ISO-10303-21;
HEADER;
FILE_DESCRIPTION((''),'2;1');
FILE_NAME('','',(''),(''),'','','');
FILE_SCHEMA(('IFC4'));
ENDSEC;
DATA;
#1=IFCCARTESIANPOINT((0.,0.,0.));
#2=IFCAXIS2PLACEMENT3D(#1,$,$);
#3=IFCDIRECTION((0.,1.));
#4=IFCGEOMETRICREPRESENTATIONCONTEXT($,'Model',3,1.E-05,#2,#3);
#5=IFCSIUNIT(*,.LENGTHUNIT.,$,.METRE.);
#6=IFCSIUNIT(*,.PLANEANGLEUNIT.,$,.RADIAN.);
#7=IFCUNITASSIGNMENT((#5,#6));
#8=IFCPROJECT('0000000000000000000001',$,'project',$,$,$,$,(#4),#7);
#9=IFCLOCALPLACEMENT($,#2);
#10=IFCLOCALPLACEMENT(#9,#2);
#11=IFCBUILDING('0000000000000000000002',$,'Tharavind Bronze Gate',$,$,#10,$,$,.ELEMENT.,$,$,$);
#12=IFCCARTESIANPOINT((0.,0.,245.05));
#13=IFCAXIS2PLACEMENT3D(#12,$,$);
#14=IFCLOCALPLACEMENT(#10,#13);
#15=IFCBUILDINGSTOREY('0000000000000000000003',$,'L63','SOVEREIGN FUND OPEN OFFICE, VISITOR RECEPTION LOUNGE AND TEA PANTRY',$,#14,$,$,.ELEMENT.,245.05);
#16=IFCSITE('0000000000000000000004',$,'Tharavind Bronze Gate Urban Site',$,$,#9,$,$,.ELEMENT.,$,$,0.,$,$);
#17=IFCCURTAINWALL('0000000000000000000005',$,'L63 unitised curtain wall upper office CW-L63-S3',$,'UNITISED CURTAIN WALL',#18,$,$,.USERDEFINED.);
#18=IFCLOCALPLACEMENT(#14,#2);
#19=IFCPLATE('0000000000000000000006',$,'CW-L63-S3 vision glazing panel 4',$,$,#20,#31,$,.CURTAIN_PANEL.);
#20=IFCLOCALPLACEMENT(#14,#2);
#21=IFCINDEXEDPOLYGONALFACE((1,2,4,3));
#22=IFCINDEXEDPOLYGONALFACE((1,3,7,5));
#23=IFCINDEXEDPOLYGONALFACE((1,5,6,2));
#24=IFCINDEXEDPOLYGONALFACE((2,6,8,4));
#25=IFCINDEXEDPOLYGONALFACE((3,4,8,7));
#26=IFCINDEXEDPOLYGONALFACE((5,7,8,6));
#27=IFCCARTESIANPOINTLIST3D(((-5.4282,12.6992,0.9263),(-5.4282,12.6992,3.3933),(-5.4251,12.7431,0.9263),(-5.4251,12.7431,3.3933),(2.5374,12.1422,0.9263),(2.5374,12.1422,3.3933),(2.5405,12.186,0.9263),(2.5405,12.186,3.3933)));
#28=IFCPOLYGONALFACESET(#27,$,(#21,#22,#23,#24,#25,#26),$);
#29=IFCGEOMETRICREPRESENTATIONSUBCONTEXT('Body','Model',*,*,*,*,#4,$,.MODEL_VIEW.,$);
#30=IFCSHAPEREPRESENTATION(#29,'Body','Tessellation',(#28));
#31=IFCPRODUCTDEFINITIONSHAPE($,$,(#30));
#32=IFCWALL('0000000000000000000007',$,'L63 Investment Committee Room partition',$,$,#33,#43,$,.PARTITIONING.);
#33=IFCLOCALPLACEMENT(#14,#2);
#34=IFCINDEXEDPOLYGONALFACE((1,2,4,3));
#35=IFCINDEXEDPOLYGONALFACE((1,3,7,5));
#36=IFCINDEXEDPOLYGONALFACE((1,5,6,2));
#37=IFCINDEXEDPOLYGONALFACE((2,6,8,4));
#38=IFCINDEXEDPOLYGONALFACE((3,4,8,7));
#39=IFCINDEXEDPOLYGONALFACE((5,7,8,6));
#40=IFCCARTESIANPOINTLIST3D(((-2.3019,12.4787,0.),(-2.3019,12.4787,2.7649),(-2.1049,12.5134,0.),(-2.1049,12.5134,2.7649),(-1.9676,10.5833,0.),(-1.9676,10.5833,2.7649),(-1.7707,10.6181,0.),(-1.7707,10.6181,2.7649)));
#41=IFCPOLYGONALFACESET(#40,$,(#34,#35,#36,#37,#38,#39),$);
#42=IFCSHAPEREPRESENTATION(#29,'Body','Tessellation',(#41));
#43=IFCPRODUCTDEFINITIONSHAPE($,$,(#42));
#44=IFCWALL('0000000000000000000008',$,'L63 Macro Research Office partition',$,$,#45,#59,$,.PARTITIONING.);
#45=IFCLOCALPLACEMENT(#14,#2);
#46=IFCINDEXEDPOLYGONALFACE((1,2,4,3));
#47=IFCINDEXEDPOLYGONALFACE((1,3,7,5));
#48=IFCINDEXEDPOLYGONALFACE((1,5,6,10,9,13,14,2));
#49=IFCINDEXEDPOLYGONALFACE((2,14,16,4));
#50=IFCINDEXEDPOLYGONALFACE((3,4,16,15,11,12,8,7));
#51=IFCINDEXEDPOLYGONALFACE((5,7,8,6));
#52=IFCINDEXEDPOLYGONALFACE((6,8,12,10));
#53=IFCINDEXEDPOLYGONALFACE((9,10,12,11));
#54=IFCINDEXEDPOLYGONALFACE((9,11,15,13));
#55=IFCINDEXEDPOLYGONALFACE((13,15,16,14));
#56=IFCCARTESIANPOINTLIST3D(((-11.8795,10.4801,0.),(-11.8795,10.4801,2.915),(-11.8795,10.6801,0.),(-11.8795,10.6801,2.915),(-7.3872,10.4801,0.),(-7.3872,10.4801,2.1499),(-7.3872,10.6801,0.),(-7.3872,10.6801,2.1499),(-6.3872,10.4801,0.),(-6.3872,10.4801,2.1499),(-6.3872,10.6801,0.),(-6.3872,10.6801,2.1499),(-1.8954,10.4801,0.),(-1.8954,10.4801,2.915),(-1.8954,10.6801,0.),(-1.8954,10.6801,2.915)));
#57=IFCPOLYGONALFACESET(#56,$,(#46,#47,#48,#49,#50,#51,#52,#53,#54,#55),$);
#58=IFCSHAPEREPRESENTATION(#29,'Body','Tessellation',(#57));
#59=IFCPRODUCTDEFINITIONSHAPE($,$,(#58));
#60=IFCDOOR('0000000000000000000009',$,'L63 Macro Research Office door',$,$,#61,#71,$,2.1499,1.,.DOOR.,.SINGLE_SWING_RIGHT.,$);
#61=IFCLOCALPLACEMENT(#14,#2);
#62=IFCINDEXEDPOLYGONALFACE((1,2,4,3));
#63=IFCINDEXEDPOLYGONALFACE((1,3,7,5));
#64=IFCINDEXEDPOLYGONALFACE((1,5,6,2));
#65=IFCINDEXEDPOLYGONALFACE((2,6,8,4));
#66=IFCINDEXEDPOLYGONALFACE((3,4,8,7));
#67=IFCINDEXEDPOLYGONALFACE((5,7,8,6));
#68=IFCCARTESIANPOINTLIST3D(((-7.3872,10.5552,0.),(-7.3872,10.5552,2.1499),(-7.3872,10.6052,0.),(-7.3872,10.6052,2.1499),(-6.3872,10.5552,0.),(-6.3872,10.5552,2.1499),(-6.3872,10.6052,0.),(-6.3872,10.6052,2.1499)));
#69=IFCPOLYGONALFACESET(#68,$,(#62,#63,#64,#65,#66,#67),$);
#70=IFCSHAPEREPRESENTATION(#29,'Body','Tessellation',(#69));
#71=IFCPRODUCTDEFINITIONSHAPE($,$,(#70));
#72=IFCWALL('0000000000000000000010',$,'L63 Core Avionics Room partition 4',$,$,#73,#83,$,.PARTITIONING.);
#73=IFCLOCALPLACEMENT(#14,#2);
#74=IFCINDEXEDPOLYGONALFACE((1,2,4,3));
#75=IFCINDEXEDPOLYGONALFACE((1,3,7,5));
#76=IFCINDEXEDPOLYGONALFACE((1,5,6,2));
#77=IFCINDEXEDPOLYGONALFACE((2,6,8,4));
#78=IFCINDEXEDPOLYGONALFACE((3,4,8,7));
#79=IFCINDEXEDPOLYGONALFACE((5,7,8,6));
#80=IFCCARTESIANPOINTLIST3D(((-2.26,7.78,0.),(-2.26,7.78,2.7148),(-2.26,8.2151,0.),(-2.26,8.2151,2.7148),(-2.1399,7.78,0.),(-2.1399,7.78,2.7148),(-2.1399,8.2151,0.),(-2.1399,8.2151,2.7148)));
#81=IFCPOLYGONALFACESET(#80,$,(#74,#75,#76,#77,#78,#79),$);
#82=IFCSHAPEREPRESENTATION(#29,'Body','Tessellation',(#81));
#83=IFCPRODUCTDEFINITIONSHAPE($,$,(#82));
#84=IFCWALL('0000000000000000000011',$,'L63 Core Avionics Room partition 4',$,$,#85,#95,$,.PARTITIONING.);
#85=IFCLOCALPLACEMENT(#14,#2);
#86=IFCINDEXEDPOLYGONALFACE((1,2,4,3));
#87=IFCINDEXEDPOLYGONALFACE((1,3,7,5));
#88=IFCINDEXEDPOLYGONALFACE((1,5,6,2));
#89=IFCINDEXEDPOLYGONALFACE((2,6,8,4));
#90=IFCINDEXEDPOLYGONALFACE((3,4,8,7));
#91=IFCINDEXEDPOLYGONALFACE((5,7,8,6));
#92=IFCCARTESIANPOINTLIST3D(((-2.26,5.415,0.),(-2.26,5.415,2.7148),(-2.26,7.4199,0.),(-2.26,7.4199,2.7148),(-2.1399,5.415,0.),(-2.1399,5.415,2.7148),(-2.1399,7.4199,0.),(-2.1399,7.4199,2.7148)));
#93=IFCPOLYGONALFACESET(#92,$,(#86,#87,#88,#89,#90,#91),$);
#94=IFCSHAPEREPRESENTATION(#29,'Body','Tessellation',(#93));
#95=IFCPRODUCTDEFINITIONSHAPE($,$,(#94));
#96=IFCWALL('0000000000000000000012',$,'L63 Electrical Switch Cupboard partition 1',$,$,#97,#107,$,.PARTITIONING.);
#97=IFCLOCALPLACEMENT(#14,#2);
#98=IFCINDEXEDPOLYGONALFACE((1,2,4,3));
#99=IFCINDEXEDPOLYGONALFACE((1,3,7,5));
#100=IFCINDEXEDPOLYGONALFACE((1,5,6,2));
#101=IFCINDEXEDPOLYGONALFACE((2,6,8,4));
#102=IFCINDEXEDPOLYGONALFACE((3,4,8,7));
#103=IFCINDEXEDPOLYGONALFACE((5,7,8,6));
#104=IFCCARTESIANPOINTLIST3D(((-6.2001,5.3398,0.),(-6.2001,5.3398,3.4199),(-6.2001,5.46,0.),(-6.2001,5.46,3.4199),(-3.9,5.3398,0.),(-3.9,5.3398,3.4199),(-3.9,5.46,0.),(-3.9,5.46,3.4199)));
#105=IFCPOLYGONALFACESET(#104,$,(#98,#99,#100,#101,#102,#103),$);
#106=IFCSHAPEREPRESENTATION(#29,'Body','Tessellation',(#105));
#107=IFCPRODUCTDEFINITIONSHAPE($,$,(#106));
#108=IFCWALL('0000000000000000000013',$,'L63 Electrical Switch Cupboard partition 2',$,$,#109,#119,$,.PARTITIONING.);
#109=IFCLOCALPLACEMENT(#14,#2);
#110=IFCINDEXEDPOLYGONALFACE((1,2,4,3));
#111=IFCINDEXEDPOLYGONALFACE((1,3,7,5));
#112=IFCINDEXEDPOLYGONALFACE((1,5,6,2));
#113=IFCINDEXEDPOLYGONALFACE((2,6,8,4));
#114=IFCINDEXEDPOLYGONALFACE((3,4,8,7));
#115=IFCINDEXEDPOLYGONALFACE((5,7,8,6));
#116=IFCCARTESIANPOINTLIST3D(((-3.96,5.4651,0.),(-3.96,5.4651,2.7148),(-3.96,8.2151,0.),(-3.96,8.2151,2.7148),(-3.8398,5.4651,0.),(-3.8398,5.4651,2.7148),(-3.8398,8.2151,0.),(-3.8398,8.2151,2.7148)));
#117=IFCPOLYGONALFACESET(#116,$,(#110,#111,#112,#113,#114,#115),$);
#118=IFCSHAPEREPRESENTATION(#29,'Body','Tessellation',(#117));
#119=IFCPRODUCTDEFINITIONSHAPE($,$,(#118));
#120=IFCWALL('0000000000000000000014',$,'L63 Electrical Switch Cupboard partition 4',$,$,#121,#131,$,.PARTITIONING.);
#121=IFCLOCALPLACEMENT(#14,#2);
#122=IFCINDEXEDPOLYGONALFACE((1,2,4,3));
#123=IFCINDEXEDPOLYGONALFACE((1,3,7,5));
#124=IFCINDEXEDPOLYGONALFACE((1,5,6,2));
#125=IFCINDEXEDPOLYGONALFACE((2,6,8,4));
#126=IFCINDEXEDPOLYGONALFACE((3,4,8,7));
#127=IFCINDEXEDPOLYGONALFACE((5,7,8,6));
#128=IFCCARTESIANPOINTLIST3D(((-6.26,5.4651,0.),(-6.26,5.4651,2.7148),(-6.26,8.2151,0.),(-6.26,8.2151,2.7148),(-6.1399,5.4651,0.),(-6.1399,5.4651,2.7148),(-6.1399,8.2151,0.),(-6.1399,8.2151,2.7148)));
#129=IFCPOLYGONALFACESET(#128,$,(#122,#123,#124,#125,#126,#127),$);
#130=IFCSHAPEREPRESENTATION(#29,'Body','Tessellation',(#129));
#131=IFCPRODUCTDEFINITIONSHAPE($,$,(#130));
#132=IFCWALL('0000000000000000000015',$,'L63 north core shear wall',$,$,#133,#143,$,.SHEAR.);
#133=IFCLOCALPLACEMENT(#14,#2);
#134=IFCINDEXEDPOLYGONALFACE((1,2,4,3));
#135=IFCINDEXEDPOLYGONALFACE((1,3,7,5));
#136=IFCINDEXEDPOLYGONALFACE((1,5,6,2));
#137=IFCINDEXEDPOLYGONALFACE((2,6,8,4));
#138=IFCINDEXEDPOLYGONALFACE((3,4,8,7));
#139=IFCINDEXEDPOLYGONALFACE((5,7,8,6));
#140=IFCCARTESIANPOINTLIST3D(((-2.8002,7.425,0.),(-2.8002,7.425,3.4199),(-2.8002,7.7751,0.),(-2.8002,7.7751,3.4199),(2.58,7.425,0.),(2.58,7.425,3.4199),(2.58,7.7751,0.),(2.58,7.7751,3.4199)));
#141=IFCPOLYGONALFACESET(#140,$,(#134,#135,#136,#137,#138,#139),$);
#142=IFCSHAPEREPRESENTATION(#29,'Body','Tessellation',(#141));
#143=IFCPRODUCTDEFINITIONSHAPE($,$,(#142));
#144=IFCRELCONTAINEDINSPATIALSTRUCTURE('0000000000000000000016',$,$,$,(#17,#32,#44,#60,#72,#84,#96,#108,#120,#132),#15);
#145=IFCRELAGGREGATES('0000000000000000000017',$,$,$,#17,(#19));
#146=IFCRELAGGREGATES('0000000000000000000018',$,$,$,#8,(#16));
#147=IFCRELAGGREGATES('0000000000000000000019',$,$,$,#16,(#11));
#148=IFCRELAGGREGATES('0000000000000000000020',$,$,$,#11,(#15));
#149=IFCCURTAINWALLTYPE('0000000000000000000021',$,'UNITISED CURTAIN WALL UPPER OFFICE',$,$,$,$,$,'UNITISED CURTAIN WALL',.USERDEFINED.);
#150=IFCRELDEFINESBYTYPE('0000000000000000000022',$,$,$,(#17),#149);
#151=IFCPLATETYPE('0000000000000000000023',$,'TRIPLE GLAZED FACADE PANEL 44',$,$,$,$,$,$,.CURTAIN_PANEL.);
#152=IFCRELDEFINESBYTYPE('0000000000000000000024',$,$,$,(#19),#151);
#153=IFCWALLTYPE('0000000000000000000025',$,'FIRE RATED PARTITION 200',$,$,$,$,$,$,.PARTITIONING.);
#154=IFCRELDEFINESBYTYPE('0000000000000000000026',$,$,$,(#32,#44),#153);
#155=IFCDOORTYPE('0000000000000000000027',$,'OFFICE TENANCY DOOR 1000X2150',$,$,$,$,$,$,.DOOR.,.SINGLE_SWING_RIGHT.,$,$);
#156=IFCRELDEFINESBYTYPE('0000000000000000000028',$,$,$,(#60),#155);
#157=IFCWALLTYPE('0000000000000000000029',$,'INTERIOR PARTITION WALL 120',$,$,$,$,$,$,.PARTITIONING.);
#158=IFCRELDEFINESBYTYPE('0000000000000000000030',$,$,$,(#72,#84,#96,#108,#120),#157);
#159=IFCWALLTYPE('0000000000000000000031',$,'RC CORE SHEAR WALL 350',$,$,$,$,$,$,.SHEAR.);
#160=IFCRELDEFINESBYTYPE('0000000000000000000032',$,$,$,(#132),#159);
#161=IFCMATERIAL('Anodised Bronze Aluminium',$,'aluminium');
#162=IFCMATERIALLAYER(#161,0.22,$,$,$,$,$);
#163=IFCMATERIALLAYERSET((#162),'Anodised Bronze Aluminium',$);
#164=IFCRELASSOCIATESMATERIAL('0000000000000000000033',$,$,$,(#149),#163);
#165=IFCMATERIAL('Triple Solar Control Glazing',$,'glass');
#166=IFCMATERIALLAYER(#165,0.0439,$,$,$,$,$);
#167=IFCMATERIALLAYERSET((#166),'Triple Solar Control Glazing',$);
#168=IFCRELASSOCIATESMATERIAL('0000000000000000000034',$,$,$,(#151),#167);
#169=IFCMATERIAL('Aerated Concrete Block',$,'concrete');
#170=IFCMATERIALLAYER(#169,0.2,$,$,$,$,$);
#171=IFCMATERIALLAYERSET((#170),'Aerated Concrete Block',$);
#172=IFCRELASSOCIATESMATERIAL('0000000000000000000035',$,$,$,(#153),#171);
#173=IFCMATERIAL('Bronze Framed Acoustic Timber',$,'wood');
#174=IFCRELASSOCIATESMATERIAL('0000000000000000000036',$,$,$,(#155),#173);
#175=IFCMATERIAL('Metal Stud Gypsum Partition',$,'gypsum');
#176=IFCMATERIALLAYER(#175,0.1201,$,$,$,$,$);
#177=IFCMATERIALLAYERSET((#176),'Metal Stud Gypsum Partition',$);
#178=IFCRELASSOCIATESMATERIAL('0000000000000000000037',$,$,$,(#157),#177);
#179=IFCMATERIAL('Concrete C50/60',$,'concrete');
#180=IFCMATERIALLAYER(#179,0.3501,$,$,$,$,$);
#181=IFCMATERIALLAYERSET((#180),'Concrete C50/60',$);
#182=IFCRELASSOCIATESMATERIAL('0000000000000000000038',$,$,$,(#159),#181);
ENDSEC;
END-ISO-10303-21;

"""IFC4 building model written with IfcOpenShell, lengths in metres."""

from ifc_helpers import new_model, si_unit, direction, frame, frame_2d, origin, origin_2d, place, context, subcontext, project, spatial, rectangle, extrude, material, layer, layer_set, type_object, element, fill, aggregate, save


model = new_model("IFC4")

# Units and contexts
model_context = context("Model", 3, precision=1e-05, world=origin(), true_north=direction((0.0, 1.0)))
body_context = subcontext(model_context, "Body", "Model", "MODEL_VIEW")
ifc_project = project(units=[si_unit("LENGTHUNIT", "METRE"), si_unit("PLANEANGLEUNIT", "RADIAN")], contexts=[model_context])

# Site, building, storey
site_placement = place(None, origin())
site = spatial("IfcSite", under=ifc_project, at=site_placement, Name="Tharavind Bronze Gate Urban Site", CompositionType="ELEMENT", RefElevation=0.0)
building_placement = place(site_placement, origin())
building = spatial("IfcBuilding", under=site, at=building_placement, Name="Tharavind Bronze Gate", CompositionType="ELEMENT")
storey_placement = place(building_placement, frame((0.0, 0.0, 245.05)))
storey = spatial("IfcBuildingStorey", under=building, at=storey_placement, Name="L63", Description="SOVEREIGN FUND OPEN OFFICE, VISITOR RECEPTION LOUNGE AND TEA PANTRY", CompositionType="ELEMENT", Elevation=245.05)

# Curtain wall
ifc_material_1 = material(Name="Anodised Bronze Aluminium", Category="aluminium")
ifc_layer_1 = layer(ifc_material_1, 0.22)
ifc_layer_set_1 = layer_set([ifc_layer_1], Name="Anodised Bronze Aluminium")
curtain_wall_type = type_object("IfcCurtainWallType", Name="UNITISED CURTAIN WALL UPPER OFFICE", ElementType="UNITISED CURTAIN WALL", PredefinedType="USERDEFINED", material=ifc_layer_set_1)
curtain_wall_placement = place(storey_placement, origin())
curtain_wall = element("IfcCurtainWall", 1, at=curtain_wall_placement, inside=storey, type_object=curtain_wall_type, Name="L63 unitised curtain wall upper office CW-L63-S3", ObjectType="UNITISED CURTAIN WALL", PredefinedType="USERDEFINED")

# Plate
ifc_material_2 = material(Name="Triple Solar Control Glazing", Category="glass")
ifc_layer_2 = layer(ifc_material_2, 0.0439)
ifc_layer_set_2 = layer_set([ifc_layer_2], Name="Triple Solar Control Glazing")
plate_type_1 = type_object("IfcPlateType", Name="TRIPLE GLAZED FACADE PANEL 44", PredefinedType="CURTAIN_PANEL", material=ifc_layer_set_2)
plate_1_placement = place(storey_placement, frame((-1.4438, 12.4426, 0.9263), z_axis=(0.0, 0.0, 1.0), x_axis=(-0.997564, 0.069758, 0.0)))
plate_1 = element("IfcPlate", 2, at=plate_1_placement, type_object=plate_type_1, Name="CW-L63-S3 vision glazing panel 4", PredefinedType="CURTAIN_PANEL", context=body_context, shape_type="SweptSolid", body=[
    extrude(rectangle(XDim=7.9851, YDim=0.0439, at=origin_2d()), origin(), (0.0, 0.0, 1.0), 2.467),
])
aggregate(curtain_wall, [plate_1])

# Wall
ifc_material_3 = material(Name="Aerated Concrete Block", Category="concrete")
ifc_layer_3 = layer(ifc_material_3, 0.2)
ifc_layer_set_3 = layer_set([ifc_layer_3], Name="Aerated Concrete Block")
wall_type_1 = type_object("IfcWallType", Name="FIRE RATED PARTITION 200", PredefinedType="PARTITIONING", material=ifc_layer_set_3)
wall_1_placement = place(storey_placement, frame((-1.8691, 10.6006, 0.0), z_axis=(0.0, 0.0, 1.0), x_axis=(-0.17367, 0.984804, 0.0)))
element("IfcWall", 3, at=wall_1_placement, inside=storey, type_object=wall_type_1, Name="L63 Investment Committee Room partition", PredefinedType="PARTITIONING", context=body_context, shape_type="SweptSolid", body=[
    extrude(rectangle(XDim=1.9246, YDim=0.2, at=frame_2d((0.9624, 0.0))), origin(), (0.0, 0.0, 1.0), 2.7649),
])

# Wall, opening, door
wall_2_placement = place(storey_placement, frame((-1.8953, 10.5801, 0.0), z_axis=(0.0, 0.0, 1.0), x_axis=(-1.0, 0.0, 0.0)))
wall_2 = element("IfcWall", 4, at=wall_2_placement, inside=storey, type_object=wall_type_1, Name="L63 Macro Research Office partition", PredefinedType="PARTITIONING", context=body_context, shape_type="SweptSolid", body=[
    extrude(rectangle(XDim=9.9841, YDim=0.2, at=frame_2d((4.9922, 0.0))), origin(), (0.0, 0.0, 1.0), 2.915),
])
opening_placement = place(wall_2_placement, frame((4.4919, 0.0, 0.0)))
opening = element("IfcOpeningElement", 5, at=opening_placement, cuts=wall_2, PredefinedType="OPENING", context=body_context, shape_type="SweptSolid", body=[
    extrude(rectangle(XDim=1.0, YDim=2.1499, at=frame_2d((0.5, 1.075))), frame((0.0, 0.1101, 0.0), z_axis=(0.0, -1.0, 0.0), x_axis=(1.0, 0.0, 0.0)), (0.0, 0.0, 1.0), 0.22),
])
ifc_material_4 = material(Name="Bronze Framed Acoustic Timber", Category="wood")
door_type = type_object("IfcDoorType", Name="OFFICE TENANCY DOOR 1000X2150", OperationType="SINGLE_SWING_RIGHT", PredefinedType="DOOR", material=ifc_material_4)
door_placement = place(opening_placement, origin())
door = element("IfcDoor", 6, at=door_placement, inside=storey, type_object=door_type, Name="L63 Macro Research Office door", OperationType="SINGLE_SWING_RIGHT", OverallHeight=2.1499, OverallWidth=1.0, PredefinedType="DOOR", context=body_context, shape_type="SweptSolid", body=[
    extrude(rectangle(XDim=1.0, YDim=2.1499, at=frame_2d((0.5, 1.075))), frame((0.0, 0.0249, 0.0), z_axis=(0.0, -1.0, 0.0), x_axis=(1.0, 0.0, 0.0)), (0.0, 0.0, 1.0), 0.05),
])
fill(opening, door)

# Walls
ifc_material_5 = material(Name="Metal Stud Gypsum Partition", Category="gypsum")
ifc_layer_4 = layer(ifc_material_5, 0.1201)
ifc_layer_set_4 = layer_set([ifc_layer_4], Name="Metal Stud Gypsum Partition")
wall_type_2 = type_object("IfcWallType", Name="INTERIOR PARTITION WALL 120", PredefinedType="PARTITIONING", material=ifc_layer_set_4)
wall_3_placement = place(storey_placement, frame((-2.2, 8.2151, 0.0), z_axis=(0.0, 0.0, 1.0), x_axis=(0.0, -1.0, 0.0)))
element("IfcWall", 7, at=wall_3_placement, inside=storey, type_object=wall_type_2, Name="L63 Core Avionics Room partition 4", PredefinedType="PARTITIONING", context=body_context, shape_type="SweptSolid", body=[
    extrude(rectangle(XDim=0.4351, YDim=0.1201, at=frame_2d((0.2175, 0.0))), origin(), (0.0, 0.0, 1.0), 2.7148),
])
wall_4_placement = place(storey_placement, frame((-2.2, 7.4199, 0.0), z_axis=(0.0, 0.0, 1.0), x_axis=(0.0, -1.0, 0.0)))
element("IfcWall", 8, at=wall_4_placement, inside=storey, type_object=wall_type_2, Name="L63 Core Avionics Room partition 4", PredefinedType="PARTITIONING", context=body_context, shape_type="SweptSolid", body=[
    extrude(rectangle(XDim=2.0049, YDim=0.1201, at=frame_2d((1.0024, 0.0))), origin(), (0.0, 0.0, 1.0), 2.7148),
])
wall_5_placement = place(storey_placement, frame((-6.2, 5.3999, 0.0), z_axis=(0.0, 0.0, 1.0), x_axis=(1.0, 0.0, 0.0)))
element("IfcWall", 9, at=wall_5_placement, inside=storey, type_object=wall_type_2, Name="L63 Electrical Switch Cupboard partition 1", PredefinedType="PARTITIONING", context=body_context, shape_type="SweptSolid", body=[
    extrude(rectangle(XDim=2.3, YDim=0.1201, at=frame_2d((1.1499, 0.0))), origin(), (0.0, 0.0, 1.0), 3.4199),
])
for number, where, z_axis, x_axis, name in (
    (10, (-3.8999, 5.4651, 0.0), (0.0, 0.0, 1.0), (0.0, 1.0, 0.0), "L63 Electrical Switch Cupboard partition 2"),
    (11, (-6.2, 8.2151, 0.0), (0.0, 0.0, 1.0), (0.0, -1.0, 0.0), "L63 Electrical Switch Cupboard partition 4"),
):
    element("IfcWall", number, at=place(storey_placement, frame(where, z_axis=z_axis, x_axis=x_axis)), inside=storey, type_object=wall_type_2, Name=name, PredefinedType="PARTITIONING", context=body_context, shape_type="SweptSolid", body=[
        extrude(rectangle(XDim=2.75, YDim=0.1201, at=frame_2d((1.375, 0.0))), origin(), (0.0, 0.0, 1.0), 2.7148),
    ])
ifc_material_6 = material(Name="Concrete C50/60", Category="concrete")
ifc_layer_5 = layer(ifc_material_6, 0.3501)
ifc_layer_set_5 = layer_set([ifc_layer_5], Name="Concrete C50/60")
wall_type_3 = type_object("IfcWallType", Name="RC CORE SHEAR WALL 350", PredefinedType="SHEAR", material=ifc_layer_set_5)
wall_6_placement = place(storey_placement, frame((-2.8, 7.6001, 0.0), z_axis=(0.0, 0.0, 1.0), x_axis=(1.0, 0.0, 0.0)))
element("IfcWall", 12, at=wall_6_placement, inside=storey, type_object=wall_type_3, Name="L63 north core shear wall", PredefinedType="SHEAR", context=body_context, shape_type="SweptSolid", body=[
    extrude(rectangle(XDim=5.3801, YDim=0.3501, at=frame_2d((2.6899, 0.0))), origin(), (0.0, 0.0, 1.0), 3.4199),
])

save(model, "model.ifc")
